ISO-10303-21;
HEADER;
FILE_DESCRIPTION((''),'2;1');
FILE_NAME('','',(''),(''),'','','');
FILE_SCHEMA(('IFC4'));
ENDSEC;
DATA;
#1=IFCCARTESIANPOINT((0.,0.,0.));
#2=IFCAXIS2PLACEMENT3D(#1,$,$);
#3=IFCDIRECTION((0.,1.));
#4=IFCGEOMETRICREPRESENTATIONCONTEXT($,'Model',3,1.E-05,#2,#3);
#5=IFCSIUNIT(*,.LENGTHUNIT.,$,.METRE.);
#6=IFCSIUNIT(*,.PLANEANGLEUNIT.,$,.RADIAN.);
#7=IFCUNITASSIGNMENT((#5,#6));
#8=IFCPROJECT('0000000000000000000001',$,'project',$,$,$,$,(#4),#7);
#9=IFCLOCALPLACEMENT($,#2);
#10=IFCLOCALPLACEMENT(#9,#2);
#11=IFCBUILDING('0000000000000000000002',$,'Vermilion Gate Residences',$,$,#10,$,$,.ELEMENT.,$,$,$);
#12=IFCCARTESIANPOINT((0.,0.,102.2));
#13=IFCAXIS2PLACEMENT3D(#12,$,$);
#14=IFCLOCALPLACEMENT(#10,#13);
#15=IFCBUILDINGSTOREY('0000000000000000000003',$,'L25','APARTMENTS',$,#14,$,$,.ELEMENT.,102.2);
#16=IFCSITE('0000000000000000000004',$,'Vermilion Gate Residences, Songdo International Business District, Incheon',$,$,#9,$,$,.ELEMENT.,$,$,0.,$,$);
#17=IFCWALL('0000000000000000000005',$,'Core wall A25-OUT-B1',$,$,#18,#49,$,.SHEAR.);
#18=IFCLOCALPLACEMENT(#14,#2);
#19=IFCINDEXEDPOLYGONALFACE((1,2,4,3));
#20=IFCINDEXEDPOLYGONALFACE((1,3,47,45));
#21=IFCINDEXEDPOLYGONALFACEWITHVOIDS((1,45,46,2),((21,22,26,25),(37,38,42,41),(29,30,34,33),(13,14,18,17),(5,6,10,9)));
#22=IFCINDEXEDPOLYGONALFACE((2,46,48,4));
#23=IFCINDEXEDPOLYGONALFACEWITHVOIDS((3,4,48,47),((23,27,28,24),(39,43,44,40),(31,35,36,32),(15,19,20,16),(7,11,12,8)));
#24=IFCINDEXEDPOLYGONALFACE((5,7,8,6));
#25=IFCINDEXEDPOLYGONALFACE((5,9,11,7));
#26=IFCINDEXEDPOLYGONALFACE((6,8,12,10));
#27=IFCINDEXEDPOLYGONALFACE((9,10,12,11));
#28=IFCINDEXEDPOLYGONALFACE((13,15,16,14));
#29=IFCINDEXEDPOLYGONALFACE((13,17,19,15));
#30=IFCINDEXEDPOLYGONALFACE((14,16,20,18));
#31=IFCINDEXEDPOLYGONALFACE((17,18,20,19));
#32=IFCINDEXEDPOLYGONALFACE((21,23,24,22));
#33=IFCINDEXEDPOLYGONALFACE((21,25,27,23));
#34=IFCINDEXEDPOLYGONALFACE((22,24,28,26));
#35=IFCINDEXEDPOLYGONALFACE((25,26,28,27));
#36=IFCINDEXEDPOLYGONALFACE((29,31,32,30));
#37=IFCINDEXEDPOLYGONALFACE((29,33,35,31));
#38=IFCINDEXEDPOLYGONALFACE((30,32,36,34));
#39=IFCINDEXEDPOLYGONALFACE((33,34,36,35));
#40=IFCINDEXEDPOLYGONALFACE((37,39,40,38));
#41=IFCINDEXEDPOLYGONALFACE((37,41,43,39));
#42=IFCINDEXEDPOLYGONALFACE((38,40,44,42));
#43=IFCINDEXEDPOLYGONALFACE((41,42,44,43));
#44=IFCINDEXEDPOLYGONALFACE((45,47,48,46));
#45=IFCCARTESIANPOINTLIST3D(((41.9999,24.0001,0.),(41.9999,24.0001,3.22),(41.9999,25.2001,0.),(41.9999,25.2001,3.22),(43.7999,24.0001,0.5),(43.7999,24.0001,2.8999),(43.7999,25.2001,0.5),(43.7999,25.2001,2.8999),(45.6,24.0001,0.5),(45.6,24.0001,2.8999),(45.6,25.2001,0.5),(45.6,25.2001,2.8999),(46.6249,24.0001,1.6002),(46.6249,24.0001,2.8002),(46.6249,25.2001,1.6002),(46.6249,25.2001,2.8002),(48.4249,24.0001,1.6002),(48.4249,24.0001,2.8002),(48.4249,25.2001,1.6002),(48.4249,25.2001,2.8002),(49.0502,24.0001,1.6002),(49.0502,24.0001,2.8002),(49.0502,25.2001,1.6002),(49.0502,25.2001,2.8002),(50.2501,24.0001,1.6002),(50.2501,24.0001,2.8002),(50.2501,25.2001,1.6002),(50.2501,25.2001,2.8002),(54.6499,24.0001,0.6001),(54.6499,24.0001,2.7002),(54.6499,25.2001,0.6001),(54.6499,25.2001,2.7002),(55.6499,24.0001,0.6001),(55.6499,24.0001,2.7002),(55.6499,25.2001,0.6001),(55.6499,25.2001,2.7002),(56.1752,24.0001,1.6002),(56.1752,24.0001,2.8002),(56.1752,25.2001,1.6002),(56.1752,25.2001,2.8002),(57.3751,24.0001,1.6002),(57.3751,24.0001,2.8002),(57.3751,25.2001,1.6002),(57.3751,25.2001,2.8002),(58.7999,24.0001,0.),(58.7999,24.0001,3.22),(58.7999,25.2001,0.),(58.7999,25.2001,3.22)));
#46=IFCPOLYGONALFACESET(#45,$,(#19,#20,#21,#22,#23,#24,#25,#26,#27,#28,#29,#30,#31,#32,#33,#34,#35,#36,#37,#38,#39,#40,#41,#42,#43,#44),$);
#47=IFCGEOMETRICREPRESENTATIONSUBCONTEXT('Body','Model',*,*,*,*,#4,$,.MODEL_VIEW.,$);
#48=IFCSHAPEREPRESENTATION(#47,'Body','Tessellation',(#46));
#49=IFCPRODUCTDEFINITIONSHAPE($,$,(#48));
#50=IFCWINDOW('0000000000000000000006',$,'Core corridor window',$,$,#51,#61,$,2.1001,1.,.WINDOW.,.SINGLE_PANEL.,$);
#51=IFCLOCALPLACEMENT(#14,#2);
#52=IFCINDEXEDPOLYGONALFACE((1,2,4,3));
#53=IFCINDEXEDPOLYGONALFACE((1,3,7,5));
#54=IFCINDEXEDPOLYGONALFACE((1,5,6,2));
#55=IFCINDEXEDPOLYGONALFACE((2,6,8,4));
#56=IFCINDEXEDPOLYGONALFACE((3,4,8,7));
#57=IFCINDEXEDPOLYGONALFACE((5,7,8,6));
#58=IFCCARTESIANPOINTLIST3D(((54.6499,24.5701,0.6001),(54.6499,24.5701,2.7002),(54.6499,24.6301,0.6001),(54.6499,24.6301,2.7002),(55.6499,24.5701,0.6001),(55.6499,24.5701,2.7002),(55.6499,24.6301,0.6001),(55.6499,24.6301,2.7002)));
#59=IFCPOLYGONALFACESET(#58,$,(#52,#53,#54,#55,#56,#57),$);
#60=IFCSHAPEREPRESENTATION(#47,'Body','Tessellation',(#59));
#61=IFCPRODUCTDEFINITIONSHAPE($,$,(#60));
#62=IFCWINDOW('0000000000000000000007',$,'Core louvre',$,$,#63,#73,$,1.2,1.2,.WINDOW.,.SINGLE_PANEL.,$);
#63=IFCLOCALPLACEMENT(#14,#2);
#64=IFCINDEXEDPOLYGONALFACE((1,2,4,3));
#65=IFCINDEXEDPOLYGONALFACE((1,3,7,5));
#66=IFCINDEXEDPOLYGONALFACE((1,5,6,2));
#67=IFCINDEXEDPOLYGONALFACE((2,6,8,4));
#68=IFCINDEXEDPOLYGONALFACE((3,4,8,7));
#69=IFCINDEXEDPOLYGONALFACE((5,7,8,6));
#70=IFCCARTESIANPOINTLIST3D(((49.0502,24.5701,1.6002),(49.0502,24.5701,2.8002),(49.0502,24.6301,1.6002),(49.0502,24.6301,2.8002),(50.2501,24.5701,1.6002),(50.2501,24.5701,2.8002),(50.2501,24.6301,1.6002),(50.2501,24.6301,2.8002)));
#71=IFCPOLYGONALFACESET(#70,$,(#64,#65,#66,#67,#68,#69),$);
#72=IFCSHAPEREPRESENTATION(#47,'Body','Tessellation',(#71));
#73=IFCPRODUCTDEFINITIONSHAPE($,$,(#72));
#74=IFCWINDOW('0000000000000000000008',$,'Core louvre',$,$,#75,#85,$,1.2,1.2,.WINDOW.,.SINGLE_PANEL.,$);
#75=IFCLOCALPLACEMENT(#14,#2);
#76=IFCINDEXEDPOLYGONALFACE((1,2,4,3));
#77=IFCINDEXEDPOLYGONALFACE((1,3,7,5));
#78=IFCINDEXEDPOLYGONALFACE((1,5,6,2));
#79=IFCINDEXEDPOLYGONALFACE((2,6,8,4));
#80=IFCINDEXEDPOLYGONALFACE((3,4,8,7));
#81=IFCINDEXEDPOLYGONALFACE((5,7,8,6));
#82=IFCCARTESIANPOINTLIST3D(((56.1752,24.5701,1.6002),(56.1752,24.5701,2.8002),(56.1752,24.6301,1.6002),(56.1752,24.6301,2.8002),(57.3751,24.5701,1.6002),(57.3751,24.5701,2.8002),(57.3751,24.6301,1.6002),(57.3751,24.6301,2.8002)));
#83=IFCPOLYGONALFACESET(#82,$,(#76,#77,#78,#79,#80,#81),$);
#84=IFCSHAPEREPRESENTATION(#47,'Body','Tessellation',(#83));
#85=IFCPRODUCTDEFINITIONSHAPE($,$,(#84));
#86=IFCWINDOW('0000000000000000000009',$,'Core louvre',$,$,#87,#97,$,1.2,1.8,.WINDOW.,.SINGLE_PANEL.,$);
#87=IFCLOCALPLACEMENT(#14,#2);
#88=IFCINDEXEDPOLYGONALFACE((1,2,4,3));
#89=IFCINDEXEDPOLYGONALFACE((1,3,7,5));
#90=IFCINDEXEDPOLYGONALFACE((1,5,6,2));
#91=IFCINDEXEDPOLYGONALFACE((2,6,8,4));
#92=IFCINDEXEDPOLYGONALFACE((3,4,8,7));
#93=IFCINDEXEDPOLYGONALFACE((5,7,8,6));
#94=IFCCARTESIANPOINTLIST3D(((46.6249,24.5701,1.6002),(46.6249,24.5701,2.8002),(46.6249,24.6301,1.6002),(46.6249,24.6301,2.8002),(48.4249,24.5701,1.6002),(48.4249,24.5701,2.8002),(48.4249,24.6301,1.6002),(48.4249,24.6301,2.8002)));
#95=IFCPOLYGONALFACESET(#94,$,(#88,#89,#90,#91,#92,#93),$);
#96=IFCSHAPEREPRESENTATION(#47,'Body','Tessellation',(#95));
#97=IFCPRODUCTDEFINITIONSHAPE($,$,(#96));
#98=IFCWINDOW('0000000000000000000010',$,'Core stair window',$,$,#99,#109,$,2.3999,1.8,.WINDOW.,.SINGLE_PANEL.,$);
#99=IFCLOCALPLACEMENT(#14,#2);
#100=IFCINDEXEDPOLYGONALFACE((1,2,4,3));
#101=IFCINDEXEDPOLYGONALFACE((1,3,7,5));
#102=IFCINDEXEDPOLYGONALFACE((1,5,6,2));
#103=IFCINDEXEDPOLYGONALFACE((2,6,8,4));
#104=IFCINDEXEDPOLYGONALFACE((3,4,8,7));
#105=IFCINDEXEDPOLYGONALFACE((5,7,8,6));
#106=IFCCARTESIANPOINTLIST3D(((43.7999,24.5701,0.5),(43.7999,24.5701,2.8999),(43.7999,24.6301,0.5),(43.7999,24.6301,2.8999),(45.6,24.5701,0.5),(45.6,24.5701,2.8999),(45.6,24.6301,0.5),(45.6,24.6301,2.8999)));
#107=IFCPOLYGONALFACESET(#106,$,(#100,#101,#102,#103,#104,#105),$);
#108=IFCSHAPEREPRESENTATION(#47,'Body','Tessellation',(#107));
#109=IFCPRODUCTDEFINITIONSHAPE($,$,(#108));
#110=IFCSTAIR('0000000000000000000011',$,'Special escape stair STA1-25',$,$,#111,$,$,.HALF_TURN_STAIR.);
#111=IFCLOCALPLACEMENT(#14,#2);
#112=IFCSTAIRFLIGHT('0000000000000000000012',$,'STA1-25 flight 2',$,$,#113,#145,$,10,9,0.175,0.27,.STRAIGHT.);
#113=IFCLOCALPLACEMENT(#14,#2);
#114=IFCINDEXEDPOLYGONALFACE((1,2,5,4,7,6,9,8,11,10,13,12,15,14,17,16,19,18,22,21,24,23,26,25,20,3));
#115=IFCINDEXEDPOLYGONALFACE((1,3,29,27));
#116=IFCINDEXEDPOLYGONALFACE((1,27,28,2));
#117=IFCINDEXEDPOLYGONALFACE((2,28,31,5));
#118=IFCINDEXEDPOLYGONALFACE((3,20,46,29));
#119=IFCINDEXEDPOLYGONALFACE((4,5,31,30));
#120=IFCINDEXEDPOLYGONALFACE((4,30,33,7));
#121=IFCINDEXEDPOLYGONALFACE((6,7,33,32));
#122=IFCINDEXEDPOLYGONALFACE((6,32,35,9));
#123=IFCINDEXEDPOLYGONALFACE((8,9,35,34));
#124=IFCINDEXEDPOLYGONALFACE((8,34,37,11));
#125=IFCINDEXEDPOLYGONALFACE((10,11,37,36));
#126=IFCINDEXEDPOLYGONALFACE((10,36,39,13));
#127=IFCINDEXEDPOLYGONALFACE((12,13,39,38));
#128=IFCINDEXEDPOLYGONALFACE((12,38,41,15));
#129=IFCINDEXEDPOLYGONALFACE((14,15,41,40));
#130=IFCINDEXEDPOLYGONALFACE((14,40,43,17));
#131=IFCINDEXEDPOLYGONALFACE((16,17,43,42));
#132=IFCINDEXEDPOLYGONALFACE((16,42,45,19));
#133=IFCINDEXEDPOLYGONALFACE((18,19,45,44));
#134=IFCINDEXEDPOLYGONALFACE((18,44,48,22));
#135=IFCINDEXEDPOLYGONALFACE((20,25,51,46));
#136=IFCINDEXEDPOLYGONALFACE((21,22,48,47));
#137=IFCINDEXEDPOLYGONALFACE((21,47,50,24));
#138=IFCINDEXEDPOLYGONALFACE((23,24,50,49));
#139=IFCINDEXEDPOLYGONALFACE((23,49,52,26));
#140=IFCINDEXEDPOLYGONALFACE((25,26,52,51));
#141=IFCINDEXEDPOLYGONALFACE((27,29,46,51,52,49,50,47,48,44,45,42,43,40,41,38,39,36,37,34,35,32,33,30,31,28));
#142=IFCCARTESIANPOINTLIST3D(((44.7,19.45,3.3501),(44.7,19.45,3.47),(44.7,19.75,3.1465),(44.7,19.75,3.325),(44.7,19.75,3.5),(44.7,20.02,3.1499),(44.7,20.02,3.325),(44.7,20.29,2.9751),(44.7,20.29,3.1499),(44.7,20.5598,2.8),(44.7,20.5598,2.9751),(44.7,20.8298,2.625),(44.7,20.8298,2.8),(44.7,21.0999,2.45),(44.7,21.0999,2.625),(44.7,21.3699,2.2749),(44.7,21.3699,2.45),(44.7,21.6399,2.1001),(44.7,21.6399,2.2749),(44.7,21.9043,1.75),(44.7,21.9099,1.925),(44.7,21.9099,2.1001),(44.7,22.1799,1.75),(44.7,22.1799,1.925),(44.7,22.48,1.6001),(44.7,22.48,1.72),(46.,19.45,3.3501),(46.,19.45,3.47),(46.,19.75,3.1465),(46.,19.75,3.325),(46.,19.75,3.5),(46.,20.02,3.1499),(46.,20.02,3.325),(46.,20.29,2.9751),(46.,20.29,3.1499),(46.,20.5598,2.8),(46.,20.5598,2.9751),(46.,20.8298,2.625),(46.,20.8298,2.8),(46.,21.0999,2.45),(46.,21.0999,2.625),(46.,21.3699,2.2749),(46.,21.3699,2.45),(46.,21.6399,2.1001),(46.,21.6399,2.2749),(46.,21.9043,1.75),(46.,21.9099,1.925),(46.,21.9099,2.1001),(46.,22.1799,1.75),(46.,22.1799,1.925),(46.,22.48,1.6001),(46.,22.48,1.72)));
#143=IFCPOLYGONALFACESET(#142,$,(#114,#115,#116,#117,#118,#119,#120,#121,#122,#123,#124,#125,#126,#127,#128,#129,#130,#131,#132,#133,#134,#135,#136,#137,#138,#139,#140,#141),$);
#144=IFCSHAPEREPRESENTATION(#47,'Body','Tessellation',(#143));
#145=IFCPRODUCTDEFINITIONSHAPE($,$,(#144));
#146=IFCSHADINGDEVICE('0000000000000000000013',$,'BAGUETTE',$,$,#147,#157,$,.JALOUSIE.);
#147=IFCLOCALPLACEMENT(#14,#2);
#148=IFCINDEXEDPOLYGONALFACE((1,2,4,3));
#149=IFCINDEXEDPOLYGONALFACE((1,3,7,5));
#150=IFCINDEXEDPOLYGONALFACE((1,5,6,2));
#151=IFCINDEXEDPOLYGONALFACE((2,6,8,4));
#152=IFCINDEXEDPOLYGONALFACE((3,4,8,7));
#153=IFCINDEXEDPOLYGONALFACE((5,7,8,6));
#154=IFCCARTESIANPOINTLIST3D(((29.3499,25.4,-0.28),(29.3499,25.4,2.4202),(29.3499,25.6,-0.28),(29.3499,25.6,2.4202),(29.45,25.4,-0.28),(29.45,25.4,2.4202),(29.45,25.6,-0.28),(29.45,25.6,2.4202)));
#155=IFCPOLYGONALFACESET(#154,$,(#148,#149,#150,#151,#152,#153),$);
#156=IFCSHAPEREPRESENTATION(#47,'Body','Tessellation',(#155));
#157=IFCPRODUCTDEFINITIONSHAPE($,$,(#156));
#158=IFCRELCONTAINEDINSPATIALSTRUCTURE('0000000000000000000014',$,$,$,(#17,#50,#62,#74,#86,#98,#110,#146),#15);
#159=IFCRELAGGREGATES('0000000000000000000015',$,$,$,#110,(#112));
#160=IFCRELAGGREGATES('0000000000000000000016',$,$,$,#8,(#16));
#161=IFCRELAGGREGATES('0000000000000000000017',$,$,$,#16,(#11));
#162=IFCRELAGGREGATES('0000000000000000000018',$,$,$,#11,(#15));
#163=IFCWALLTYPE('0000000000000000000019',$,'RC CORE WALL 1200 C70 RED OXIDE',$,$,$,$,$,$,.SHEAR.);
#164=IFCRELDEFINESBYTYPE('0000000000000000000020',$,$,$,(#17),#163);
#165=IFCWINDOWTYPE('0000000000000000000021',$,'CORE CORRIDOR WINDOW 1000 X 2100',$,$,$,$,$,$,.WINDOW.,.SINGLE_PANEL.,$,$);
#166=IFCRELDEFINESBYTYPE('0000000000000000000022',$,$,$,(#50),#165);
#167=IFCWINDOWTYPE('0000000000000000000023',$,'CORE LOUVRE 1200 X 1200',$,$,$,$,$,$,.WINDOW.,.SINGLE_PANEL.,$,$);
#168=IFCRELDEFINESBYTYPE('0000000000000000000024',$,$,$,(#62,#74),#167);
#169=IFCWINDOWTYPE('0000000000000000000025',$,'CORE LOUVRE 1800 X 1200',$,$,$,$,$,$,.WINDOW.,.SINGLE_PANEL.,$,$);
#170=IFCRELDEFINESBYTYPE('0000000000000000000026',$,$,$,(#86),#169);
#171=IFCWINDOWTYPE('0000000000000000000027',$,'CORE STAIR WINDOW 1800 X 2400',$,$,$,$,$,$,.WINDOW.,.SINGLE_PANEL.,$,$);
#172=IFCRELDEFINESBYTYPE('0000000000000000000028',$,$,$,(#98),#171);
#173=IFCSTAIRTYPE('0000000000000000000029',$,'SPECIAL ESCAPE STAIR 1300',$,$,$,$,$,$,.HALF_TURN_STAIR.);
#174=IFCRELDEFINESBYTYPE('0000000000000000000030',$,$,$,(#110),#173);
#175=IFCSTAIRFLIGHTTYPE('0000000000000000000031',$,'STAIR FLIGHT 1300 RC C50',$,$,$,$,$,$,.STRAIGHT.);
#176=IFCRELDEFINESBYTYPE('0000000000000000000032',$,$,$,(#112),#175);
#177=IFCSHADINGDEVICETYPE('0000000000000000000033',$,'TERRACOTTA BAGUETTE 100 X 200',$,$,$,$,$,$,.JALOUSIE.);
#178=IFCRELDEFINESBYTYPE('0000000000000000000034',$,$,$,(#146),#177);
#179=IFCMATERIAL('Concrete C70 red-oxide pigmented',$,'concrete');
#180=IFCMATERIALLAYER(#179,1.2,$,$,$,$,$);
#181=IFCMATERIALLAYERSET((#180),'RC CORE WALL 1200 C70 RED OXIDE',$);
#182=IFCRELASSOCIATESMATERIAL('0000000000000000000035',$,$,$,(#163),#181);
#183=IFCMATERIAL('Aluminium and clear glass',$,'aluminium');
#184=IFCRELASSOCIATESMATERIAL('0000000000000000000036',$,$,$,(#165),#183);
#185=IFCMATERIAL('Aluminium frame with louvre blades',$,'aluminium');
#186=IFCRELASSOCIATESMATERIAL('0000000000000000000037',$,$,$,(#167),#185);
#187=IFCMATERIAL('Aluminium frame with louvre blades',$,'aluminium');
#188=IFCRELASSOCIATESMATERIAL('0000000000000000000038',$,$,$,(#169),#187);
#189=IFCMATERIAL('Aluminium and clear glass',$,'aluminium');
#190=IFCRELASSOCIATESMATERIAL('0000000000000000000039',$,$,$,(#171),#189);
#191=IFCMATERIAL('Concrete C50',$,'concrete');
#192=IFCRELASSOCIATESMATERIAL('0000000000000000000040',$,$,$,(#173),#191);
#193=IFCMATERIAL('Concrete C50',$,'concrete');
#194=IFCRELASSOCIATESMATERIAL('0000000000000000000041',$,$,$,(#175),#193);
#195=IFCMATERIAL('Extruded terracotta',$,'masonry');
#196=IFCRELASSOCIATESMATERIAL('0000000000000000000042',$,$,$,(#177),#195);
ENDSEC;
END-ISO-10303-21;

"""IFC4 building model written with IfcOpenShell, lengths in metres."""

from ifc_helpers import new_model, si_unit, direction, frame, frame_2d, origin, origin_2d, place, context, subcontext, project, spatial, polyline, rectangle, outline, extrude, material, layer, layer_set, material_profile, profile_set, type_object, element, fill, aggregate, save


model = new_model("IFC4")

# Units and contexts
model_context = context("Model", 3, precision=1e-05, world=origin(), true_north=direction((0.0, 1.0)))
body_context = subcontext(model_context, "Body", "Model", "MODEL_VIEW")
ifc_project = project(units=[si_unit("LENGTHUNIT", "METRE"), si_unit("PLANEANGLEUNIT", "RADIAN")], contexts=[model_context])

# Site, building, storey
site_placement = place(None, origin())
site = spatial("IfcSite", under=ifc_project, at=site_placement, Name="Vermilion Gate Residences, Songdo International Business District, Incheon", CompositionType="ELEMENT", RefElevation=0.0)
building_placement = place(site_placement, origin())
building = spatial("IfcBuilding", under=site, at=building_placement, Name="Vermilion Gate Residences", CompositionType="ELEMENT")
storey_placement = place(building_placement, frame((0.0, 0.0, 102.2)))
storey = spatial("IfcBuildingStorey", under=building, at=storey_placement, Name="L25", Description="APARTMENTS", CompositionType="ELEMENT", Elevation=102.2)

# Wall, openings, windows
ifc_material_1 = material(Name="Concrete C70 red-oxide pigmented", Category="concrete")
ifc_layer_1 = layer(ifc_material_1, 1.2)
ifc_layer_set_1 = layer_set([ifc_layer_1], Name="RC CORE WALL 1200 C70 RED OXIDE")
wall_type_1 = type_object("IfcWallType", Name="RC CORE WALL 1200 C70 RED OXIDE", PredefinedType="SHEAR", material=ifc_layer_set_1)
wall_1_placement = place(storey_placement, frame((42.0, 24.6001, 0.0), z_axis=(0.0, 0.0, 1.0), x_axis=(1.0, 0.0, 0.0)))
wall_1 = element("IfcWall", 1, at=wall_1_placement, inside=storey, type_object=wall_type_1, Name="Core wall A25-OUT-B1", PredefinedType="SHEAR", context=body_context, shape_type="SweptSolid", body=[
    extrude(rectangle(XDim=16.8, YDim=1.2, at=frame_2d((8.3999, 0.0))), origin(), (0.0, 0.0, 1.0), 3.22),
])
opening_1_placement = place(wall_1_placement, frame((1.8, 0.0, 0.5)))
opening_1 = element("IfcOpeningElement", 2, at=opening_1_placement, cuts=wall_1, PredefinedType="OPENING", context=body_context, shape_type="SweptSolid", body=[
    extrude(rectangle(XDim=1.8, YDim=2.3999, at=frame_2d((0.8999, 1.2))), frame((0.0, 0.6099, 0.0), z_axis=(0.0, -1.0, 0.0), x_axis=(1.0, 0.0, 0.0)), (0.0, 0.0, 1.0), 1.22),
])
opening_2_placement = place(wall_1_placement, frame((4.625, 0.0, 1.6001)))
opening_2 = element("IfcOpeningElement", 3, at=opening_2_placement, cuts=wall_1, PredefinedType="OPENING", context=body_context, shape_type="SweptSolid", body=[
    extrude(rectangle(XDim=1.8, YDim=1.2, at=frame_2d((0.8999, 0.6001))), frame((0.0, 0.6099, 0.0), z_axis=(0.0, -1.0, 0.0), x_axis=(1.0, 0.0, 0.0)), (0.0, 0.0, 1.0), 1.22),
])
opening_3_placement = place(wall_1_placement, frame((7.05, 0.0, 1.6001)))
opening_3 = element("IfcOpeningElement", 4, at=opening_3_placement, cuts=wall_1, PredefinedType="OPENING", context=body_context, shape_type="SweptSolid", body=[
    extrude(rectangle(XDim=1.2, YDim=1.2, at=frame_2d((0.6001, 0.6001))), frame((0.0, 0.6099, 0.0), z_axis=(0.0, -1.0, 0.0), x_axis=(1.0, 0.0, 0.0)), (0.0, 0.0, 1.0), 1.22),
])
opening_4_placement = place(wall_1_placement, frame((12.6499, 0.0, 0.6001)))
opening_4 = element("IfcOpeningElement", 5, at=opening_4_placement, cuts=wall_1, PredefinedType="OPENING", context=body_context, shape_type="SweptSolid", body=[
    extrude(rectangle(XDim=1.0, YDim=2.1001, at=frame_2d((0.5, 1.05))), frame((0.0, 0.6099, 0.0), z_axis=(0.0, -1.0, 0.0), x_axis=(1.0, 0.0, 0.0)), (0.0, 0.0, 1.0), 1.22),
])
opening_5_placement = place(wall_1_placement, frame((14.175, 0.0, 1.6001)))
opening_5 = element("IfcOpeningElement", 6, at=opening_5_placement, cuts=wall_1, PredefinedType="OPENING", context=body_context, shape_type="SweptSolid", body=[
    extrude(rectangle(XDim=1.2, YDim=1.2, at=frame_2d((0.6001, 0.6001))), frame((0.0, 0.6099, 0.0), z_axis=(0.0, -1.0, 0.0), x_axis=(1.0, 0.0, 0.0)), (0.0, 0.0, 1.0), 1.22),
])
ifc_material_2 = material(Name="Aluminium and clear glass", Category="aluminium")
window_type_1 = type_object("IfcWindowType", Name="CORE CORRIDOR WINDOW 1000 X 2100", PartitioningType="SINGLE_PANEL", PredefinedType="WINDOW", material=ifc_material_2)
window_1_placement = place(opening_4_placement, origin())
window_1 = element("IfcWindow", 7, at=window_1_placement, inside=storey, type_object=window_type_1, Name="Core corridor window", OverallHeight=2.1001, OverallWidth=1.0, PartitioningType="SINGLE_PANEL", PredefinedType="WINDOW", context=body_context, shape_type="SweptSolid", body=[
    extrude(rectangle(XDim=1.0, YDim=2.1001, at=frame_2d((0.5, 1.05))), frame((0.0, 0.03, 0.0), z_axis=(0.0, -1.0, 0.0), x_axis=(1.0, 0.0, 0.0)), (0.0, 0.0, 1.0), 0.0601),
])
fill(opening_4, window_1)
ifc_material_3 = material(Name="Aluminium frame with louvre blades", Category="aluminium")
window_type_2 = type_object("IfcWindowType", Name="CORE LOUVRE 1200 X 1200", PartitioningType="SINGLE_PANEL", PredefinedType="WINDOW", material=ifc_material_3)
window_2_placement = place(opening_3_placement, origin())
window_2 = element("IfcWindow", 8, at=window_2_placement, inside=storey, type_object=window_type_2, Name="Core louvre", OverallHeight=1.2, OverallWidth=1.2, PartitioningType="SINGLE_PANEL", PredefinedType="WINDOW", context=body_context, shape_type="SweptSolid", body=[
    extrude(rectangle(XDim=1.2, YDim=1.2, at=frame_2d((0.6001, 0.6001))), frame((0.0, 0.03, 0.0), z_axis=(0.0, -1.0, 0.0), x_axis=(1.0, 0.0, 0.0)), (0.0, 0.0, 1.0), 0.0601),
])
fill(opening_3, window_2)
window_3_placement = place(opening_5_placement, origin())
window_3 = element("IfcWindow", 9, at=window_3_placement, inside=storey, type_object=window_type_2, Name="Core louvre", OverallHeight=1.2, OverallWidth=1.2, PartitioningType="SINGLE_PANEL", PredefinedType="WINDOW", context=body_context, shape_type="SweptSolid", body=[
    extrude(rectangle(XDim=1.2, YDim=1.2, at=frame_2d((0.6001, 0.6001))), frame((0.0, 0.03, 0.0), z_axis=(0.0, -1.0, 0.0), x_axis=(1.0, 0.0, 0.0)), (0.0, 0.0, 1.0), 0.0601),
])
fill(opening_5, window_3)
ifc_material_4 = material(Name="Aluminium frame with louvre blades", Category="aluminium")
window_type_3 = type_object("IfcWindowType", Name="CORE LOUVRE 1800 X 1200", PartitioningType="SINGLE_PANEL", PredefinedType="WINDOW", material=ifc_material_4)
window_4_placement = place(opening_2_placement, origin())
window_4 = element("IfcWindow", 10, at=window_4_placement, inside=storey, type_object=window_type_3, Name="Core louvre", OverallHeight=1.2, OverallWidth=1.8, PartitioningType="SINGLE_PANEL", PredefinedType="WINDOW", context=body_context, shape_type="SweptSolid", body=[
    extrude(rectangle(XDim=1.8, YDim=1.2, at=frame_2d((0.8999, 0.6001))), frame((0.0, 0.03, 0.0), z_axis=(0.0, -1.0, 0.0), x_axis=(1.0, 0.0, 0.0)), (0.0, 0.0, 1.0), 0.0601),
])
fill(opening_2, window_4)
ifc_material_5 = material(Name="Aluminium and clear glass", Category="aluminium")
window_type_4 = type_object("IfcWindowType", Name="CORE STAIR WINDOW 1800 X 2400", PartitioningType="SINGLE_PANEL", PredefinedType="WINDOW", material=ifc_material_5)
window_5_placement = place(opening_1_placement, origin())
window_5 = element("IfcWindow", 11, at=window_5_placement, inside=storey, type_object=window_type_4, Name="Core stair window", OverallHeight=2.3999, OverallWidth=1.8, PartitioningType="SINGLE_PANEL", PredefinedType="WINDOW", context=body_context, shape_type="SweptSolid", body=[
    extrude(rectangle(XDim=1.8, YDim=2.3999, at=frame_2d((0.8999, 1.2))), frame((0.0, 0.03, 0.0), z_axis=(0.0, -1.0, 0.0), x_axis=(1.0, 0.0, 0.0)), (0.0, 0.0, 1.0), 0.0601),
])
fill(opening_1, window_5)

# Stair, stair flight
ifc_material_6 = material(Name="Concrete C50", Category="concrete")
stair_type = type_object("IfcStairType", Name="SPECIAL ESCAPE STAIR 1300", PredefinedType="HALF_TURN_STAIR", material=ifc_material_6)
stair_placement = place(storey_placement, origin())
stair = element("IfcStair", 12, at=stair_placement, inside=storey, type_object=stair_type, Name="Special escape stair STA1-25", PredefinedType="HALF_TURN_STAIR")
ifc_material_7 = material(Name="Concrete C50", Category="concrete")
stair_flight_type = type_object("IfcStairFlightType", Name="STAIR FLIGHT 1300 RC C50", PredefinedType="STRAIGHT", material=ifc_material_7)
stair_flight_placement = place(storey_placement, frame((45.3501, 22.1799, 1.75), z_axis=(0.0, 0.0, 1.0), x_axis=(0.0, -1.0, 0.0)))
stair_flight = element("IfcStairFlight", 13, at=stair_flight_placement, type_object=stair_flight_type, Name="STA1-25 flight 2", NumberOfRisers=10, NumberOfTreads=9, PredefinedType="STRAIGHT", RiserHeight=0.175, TreadLength=0.27, context=body_context, shape_type="SweptSolid", body=[
    extrude(outline(polyline([(-0.3, -0.1499), (-0.3, -0.03), (0.0, 0.0), (0.0, 0.175), (0.27, 0.175), (0.27, 0.3501), (0.54, 0.3501), (0.54, 0.5249), (0.8101, 0.5249), (0.8101, 0.7), (1.0801, 0.7), (1.0801, 0.875), (1.3501, 0.875), (1.3501, 1.05), (1.6201, 1.05), (1.6201, 1.2251), (1.8899, 1.2251), (1.8899, 1.3999), (2.1599, 1.3999), (2.1599, 1.575), (2.4299, 1.575), (2.4299, 1.75), (2.73, 1.72), (2.73, 1.6001), (2.4299, 1.3965), (0.2756, 0.0), (-0.3, -0.1499)])), frame((0.0, 0.6499, 0.0), z_axis=(0.0, -1.0, 0.0), x_axis=(1.0, 0.0, 0.0)), (0.0, 0.0, 1.0), 1.3),
])
aggregate(stair, [stair_flight])

# Shading device
ifc_material_8 = material(Name="Extruded terracotta", Category="masonry")
ifc_material_profile_1 = material_profile(ifc_material_8, rectangle(XDim=0.2, YDim=0.1001, at=origin_2d()), Name="BAGUETTE 100 X 200")
ifc_profile_set_1 = profile_set([ifc_material_profile_1], Name="Extruded terracotta")
shading_device_type_1 = type_object("IfcShadingDeviceType", Name="TERRACOTTA BAGUETTE 100 X 200", PredefinedType="JALOUSIE", material=ifc_profile_set_1)
shading_device_1_placement = place(storey_placement, frame((29.3999, 25.5, -0.28), z_axis=(0.0, 0.0, 1.0), x_axis=(0.0, -1.0, 0.0)))
element("IfcShadingDevice", 14, at=shading_device_1_placement, inside=storey, type_object=shading_device_type_1, Name="BAGUETTE", PredefinedType="JALOUSIE", context=body_context, shape_type="SweptSolid", body=[
    extrude(rectangle(XDim=0.2, YDim=0.1001, at=origin_2d()), origin(), (0.0, 0.0, 1.0), 2.7002),
])

save(model, "model.ifc")
